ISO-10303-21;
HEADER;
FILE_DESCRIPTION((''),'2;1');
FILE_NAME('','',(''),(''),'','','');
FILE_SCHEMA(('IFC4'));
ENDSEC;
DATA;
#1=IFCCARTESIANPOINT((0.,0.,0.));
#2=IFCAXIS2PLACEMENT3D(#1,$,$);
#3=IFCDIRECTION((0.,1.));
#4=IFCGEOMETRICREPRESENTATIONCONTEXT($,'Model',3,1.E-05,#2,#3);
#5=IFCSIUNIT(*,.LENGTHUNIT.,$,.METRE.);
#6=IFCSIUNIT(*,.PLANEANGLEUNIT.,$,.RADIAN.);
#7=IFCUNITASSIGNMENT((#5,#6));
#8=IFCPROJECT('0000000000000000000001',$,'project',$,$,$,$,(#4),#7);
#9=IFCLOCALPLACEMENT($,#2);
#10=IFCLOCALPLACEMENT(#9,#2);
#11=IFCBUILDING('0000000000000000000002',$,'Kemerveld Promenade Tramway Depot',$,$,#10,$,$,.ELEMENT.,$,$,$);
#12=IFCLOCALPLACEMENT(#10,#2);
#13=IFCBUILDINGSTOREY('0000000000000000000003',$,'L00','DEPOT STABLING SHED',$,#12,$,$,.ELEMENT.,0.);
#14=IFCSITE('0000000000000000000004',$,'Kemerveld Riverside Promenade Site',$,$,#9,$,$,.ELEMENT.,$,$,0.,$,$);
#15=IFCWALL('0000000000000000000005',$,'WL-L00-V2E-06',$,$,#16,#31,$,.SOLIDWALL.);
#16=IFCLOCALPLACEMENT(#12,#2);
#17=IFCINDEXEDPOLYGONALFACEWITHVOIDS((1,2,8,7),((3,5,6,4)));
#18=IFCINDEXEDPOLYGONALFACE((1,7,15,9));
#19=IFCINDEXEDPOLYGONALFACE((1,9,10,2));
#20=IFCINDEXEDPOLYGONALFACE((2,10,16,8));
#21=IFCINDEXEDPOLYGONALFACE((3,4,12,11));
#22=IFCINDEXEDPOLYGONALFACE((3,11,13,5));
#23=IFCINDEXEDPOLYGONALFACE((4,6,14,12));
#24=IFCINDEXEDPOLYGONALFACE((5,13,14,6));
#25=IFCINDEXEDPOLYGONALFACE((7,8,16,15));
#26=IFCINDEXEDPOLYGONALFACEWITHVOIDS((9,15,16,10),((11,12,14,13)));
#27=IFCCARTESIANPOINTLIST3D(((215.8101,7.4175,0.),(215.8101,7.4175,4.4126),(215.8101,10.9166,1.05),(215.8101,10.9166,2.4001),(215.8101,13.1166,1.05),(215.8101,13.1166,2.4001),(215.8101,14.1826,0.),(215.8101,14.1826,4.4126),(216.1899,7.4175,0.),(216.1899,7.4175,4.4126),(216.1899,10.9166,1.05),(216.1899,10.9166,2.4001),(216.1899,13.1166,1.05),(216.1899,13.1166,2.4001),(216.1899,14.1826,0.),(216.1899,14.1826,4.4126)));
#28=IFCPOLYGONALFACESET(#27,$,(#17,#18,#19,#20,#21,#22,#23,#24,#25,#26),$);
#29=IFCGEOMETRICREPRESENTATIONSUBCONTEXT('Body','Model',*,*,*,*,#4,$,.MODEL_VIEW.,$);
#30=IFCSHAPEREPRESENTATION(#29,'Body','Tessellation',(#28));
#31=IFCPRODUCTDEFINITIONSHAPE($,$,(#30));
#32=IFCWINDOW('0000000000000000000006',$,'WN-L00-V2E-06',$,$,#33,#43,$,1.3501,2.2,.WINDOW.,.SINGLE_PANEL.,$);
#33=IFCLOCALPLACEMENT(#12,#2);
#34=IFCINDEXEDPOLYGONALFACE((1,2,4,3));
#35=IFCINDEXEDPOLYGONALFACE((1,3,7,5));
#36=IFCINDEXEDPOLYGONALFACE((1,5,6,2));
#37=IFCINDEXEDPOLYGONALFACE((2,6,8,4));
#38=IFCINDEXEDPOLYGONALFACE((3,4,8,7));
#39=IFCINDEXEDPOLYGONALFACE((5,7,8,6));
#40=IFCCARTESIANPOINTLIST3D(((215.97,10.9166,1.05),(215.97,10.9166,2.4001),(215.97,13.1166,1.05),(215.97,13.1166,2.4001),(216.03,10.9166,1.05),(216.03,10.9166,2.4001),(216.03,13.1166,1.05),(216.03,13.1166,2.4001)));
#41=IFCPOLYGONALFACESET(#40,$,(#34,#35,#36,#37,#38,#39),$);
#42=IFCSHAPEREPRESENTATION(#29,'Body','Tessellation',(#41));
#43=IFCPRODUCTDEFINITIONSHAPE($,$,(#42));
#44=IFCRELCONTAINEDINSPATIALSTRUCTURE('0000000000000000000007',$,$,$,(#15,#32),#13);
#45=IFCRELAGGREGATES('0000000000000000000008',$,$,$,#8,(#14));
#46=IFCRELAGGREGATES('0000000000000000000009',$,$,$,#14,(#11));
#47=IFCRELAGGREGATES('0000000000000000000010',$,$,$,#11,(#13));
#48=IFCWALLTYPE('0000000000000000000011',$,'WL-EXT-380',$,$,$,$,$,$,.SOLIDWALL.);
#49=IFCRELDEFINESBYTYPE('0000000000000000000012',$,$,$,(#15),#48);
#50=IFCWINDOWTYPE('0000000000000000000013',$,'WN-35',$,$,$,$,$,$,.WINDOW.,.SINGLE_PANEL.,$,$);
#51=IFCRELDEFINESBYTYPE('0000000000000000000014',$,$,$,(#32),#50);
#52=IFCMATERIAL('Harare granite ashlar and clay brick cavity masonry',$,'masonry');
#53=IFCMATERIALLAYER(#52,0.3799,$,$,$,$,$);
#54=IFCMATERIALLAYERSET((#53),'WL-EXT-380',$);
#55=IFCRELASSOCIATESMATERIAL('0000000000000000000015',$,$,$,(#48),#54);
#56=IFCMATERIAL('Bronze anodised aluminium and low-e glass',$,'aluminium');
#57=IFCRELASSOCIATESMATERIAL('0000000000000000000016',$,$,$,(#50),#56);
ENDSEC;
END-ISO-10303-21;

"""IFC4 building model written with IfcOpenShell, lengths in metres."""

from ifc_helpers import new_model, si_unit, direction, frame, frame_2d, origin, place, context, subcontext, project, spatial, rectangle, extrude, material, layer, layer_set, type_object, element, fill, save


model = new_model("IFC4")

# Units and contexts
model_context = context("Model", 3, precision=1e-05, world=origin(), true_north=direction((0.0, 1.0)))
body_context = subcontext(model_context, "Body", "Model", "MODEL_VIEW")
ifc_project = project(units=[si_unit("LENGTHUNIT", "METRE"), si_unit("PLANEANGLEUNIT", "RADIAN")], contexts=[model_context])

# Site, building, storey
site_placement = place(None, origin())
site = spatial("IfcSite", under=ifc_project, at=site_placement, Name="Kemerveld Riverside Promenade Site", CompositionType="ELEMENT", RefElevation=0.0)
building_placement = place(site_placement, origin())
building = spatial("IfcBuilding", under=site, at=building_placement, Name="Kemerveld Promenade Tramway Depot", CompositionType="ELEMENT")
storey_placement = place(building_placement, origin())
storey = spatial("IfcBuildingStorey", under=building, at=storey_placement, Name="L00", Description="DEPOT STABLING SHED", CompositionType="ELEMENT", Elevation=0.0)

# Shared definitions
ifc_material_1 = material(Name="Harare granite ashlar and clay brick cavity masonry", Category="masonry")
ifc_layer_1 = layer(ifc_material_1, 0.3799)
ifc_layer_set_1 = layer_set([ifc_layer_1], Name="WL-EXT-380")
wall_type = type_object("IfcWallType", Name="WL-EXT-380", PredefinedType="SOLIDWALL", material=ifc_layer_set_1)

# Wall, opening, window
wall_1_placement = place(storey_placement, frame((216.0, 14.1826, 0.0), z_axis=(0.0, 0.0, 1.0), x_axis=(0.0, -1.0, 0.0)))
wall_1 = element("IfcWall", 1, at=wall_1_placement, inside=storey, type_object=wall_type, Name="WL-L00-V2E-06", PredefinedType="SOLIDWALL", context=body_context, shape_type="SweptSolid", body=[
    extrude(rectangle(XDim=6.7651, YDim=0.3799, at=frame_2d((3.3826, 0.0))), origin(), (0.0, 0.0, 1.0), 4.4126),
])
opening_1_placement = place(wall_1_placement, frame((1.0659, 0.0, 1.05)))
opening_1 = element("IfcOpeningElement", 2, at=opening_1_placement, cuts=wall_1, PredefinedType="OPENING", context=body_context, shape_type="SweptSolid", body=[
    extrude(rectangle(XDim=2.2, YDim=1.3501, at=frame_2d((1.1001, 0.675))), frame((0.0, 0.2, 0.0), z_axis=(0.0, -1.0, 0.0), x_axis=(1.0, 0.0, 0.0)), (0.0, 0.0, 1.0), 0.3999),
])
ifc_material_2 = material(Name="Bronze anodised aluminium and low-e glass", Category="aluminium")
window_type = type_object("IfcWindowType", Name="WN-35", PartitioningType="SINGLE_PANEL", PredefinedType="WINDOW", material=ifc_material_2)
window_placement = place(opening_1_placement, origin())
window = element("IfcWindow", 3, at=window_placement, inside=storey, type_object=window_type, Name="WN-L00-V2E-06", OverallHeight=1.3501, OverallWidth=2.2, PartitioningType="SINGLE_PANEL", PredefinedType="WINDOW", context=body_context, shape_type="SweptSolid", body=[
    extrude(rectangle(XDim=2.2, YDim=1.3501, at=frame_2d((1.1001, 0.675))), frame((0.0, 0.03, 0.0), z_axis=(0.0, -1.0, 0.0), x_axis=(1.0, 0.0, 0.0)), (0.0, 0.0, 1.0), 0.0601),
])
fill(opening_1, window)

save(model, "model.ifc")
